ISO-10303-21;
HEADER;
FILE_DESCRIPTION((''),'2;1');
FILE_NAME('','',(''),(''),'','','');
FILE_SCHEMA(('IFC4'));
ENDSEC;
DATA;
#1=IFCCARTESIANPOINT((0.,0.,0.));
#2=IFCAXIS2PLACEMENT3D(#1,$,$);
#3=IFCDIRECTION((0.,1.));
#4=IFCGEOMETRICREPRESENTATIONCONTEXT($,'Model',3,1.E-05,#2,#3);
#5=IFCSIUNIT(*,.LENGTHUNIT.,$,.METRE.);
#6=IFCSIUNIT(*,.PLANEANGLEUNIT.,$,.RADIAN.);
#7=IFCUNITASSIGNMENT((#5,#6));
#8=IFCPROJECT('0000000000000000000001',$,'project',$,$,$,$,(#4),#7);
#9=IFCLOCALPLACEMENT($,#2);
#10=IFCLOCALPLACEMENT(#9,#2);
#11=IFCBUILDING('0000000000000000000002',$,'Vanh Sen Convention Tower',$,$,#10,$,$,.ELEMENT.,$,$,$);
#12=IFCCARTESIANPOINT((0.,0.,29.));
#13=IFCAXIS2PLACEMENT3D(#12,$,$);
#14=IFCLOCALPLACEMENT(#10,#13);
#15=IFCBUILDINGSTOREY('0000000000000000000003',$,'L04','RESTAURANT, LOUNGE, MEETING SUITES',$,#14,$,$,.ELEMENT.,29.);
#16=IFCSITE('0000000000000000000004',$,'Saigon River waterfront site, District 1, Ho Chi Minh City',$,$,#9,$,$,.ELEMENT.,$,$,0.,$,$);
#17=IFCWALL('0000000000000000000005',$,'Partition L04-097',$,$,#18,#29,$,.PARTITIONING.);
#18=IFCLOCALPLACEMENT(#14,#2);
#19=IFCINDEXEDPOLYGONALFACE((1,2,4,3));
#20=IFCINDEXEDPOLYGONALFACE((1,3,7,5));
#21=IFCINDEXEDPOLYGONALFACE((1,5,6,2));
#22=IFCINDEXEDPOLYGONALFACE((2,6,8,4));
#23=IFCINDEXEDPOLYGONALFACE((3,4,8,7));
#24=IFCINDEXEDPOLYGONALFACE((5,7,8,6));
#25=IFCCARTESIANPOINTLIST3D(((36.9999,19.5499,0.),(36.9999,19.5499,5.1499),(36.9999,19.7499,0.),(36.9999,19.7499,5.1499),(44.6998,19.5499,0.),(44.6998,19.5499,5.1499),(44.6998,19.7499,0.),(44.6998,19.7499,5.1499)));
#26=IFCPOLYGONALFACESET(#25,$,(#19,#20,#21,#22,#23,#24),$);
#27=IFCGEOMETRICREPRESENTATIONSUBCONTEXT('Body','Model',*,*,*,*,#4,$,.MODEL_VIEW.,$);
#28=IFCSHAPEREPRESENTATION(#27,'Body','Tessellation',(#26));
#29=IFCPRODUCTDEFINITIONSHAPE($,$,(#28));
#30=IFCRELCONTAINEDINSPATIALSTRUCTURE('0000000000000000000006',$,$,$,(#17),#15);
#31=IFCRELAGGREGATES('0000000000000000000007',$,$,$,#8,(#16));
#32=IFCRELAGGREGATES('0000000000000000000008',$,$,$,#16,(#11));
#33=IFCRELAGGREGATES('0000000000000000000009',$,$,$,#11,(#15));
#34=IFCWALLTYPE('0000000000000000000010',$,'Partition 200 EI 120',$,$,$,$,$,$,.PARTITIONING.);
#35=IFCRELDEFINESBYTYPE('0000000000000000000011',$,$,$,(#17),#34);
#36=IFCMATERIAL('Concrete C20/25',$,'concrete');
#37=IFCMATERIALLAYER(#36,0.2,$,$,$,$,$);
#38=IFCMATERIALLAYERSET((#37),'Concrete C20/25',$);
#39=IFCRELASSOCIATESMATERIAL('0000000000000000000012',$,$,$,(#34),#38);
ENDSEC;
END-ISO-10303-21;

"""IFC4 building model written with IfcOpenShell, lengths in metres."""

from ifc_helpers import new_model, si_unit, direction, frame, frame_2d, origin, place, context, subcontext, project, spatial, rectangle, extrude, material, layer, layer_set, type_object, element, save


model = new_model("IFC4")

# Units and contexts
model_context = context("Model", 3, precision=1e-05, world=origin(), true_north=direction((0.0, 1.0)))
body_context = subcontext(model_context, "Body", "Model", "MODEL_VIEW")
ifc_project = project(units=[si_unit("LENGTHUNIT", "METRE"), si_unit("PLANEANGLEUNIT", "RADIAN")], contexts=[model_context])

# Site, building, storey
site_placement = place(None, origin())
site = spatial("IfcSite", under=ifc_project, at=site_placement, Name="Saigon River waterfront site, District 1, Ho Chi Minh City", CompositionType="ELEMENT", RefElevation=0.0)
building_placement = place(site_placement, origin())
building = spatial("IfcBuilding", under=site, at=building_placement, Name="Vanh Sen Convention Tower", CompositionType="ELEMENT")
storey_placement = place(building_placement, frame((0.0, 0.0, 29.0)))
storey = spatial("IfcBuildingStorey", under=building, at=storey_placement, Name="L04", Description="RESTAURANT, LOUNGE, MEETING SUITES", CompositionType="ELEMENT", Elevation=29.0)

# Wall
ifc_material_1 = material(Name="Concrete C20/25", Category="concrete")
ifc_layer_1 = layer(ifc_material_1, 0.2)
ifc_layer_set_1 = layer_set([ifc_layer_1], Name="Concrete C20/25")
wall_type_1 = type_object("IfcWallType", Name="Partition 200 EI 120", PredefinedType="PARTITIONING", material=ifc_layer_set_1)
wall_1_placement = place(storey_placement, frame((44.7, 19.6499, 0.0), z_axis=(0.0, 0.0, 1.0), x_axis=(-1.0, 0.0, 0.0)))
element("IfcWall", 1, at=wall_1_placement, inside=storey, type_object=wall_type_1, Name="Partition L04-097", PredefinedType="PARTITIONING", context=body_context, shape_type="SweptSolid", body=[
    extrude(rectangle(XDim=7.7, YDim=0.2, at=frame_2d((3.8501, 0.0))), origin(), (0.0, 0.0, 1.0), 5.1499),
])

save(model, "model.ifc")
